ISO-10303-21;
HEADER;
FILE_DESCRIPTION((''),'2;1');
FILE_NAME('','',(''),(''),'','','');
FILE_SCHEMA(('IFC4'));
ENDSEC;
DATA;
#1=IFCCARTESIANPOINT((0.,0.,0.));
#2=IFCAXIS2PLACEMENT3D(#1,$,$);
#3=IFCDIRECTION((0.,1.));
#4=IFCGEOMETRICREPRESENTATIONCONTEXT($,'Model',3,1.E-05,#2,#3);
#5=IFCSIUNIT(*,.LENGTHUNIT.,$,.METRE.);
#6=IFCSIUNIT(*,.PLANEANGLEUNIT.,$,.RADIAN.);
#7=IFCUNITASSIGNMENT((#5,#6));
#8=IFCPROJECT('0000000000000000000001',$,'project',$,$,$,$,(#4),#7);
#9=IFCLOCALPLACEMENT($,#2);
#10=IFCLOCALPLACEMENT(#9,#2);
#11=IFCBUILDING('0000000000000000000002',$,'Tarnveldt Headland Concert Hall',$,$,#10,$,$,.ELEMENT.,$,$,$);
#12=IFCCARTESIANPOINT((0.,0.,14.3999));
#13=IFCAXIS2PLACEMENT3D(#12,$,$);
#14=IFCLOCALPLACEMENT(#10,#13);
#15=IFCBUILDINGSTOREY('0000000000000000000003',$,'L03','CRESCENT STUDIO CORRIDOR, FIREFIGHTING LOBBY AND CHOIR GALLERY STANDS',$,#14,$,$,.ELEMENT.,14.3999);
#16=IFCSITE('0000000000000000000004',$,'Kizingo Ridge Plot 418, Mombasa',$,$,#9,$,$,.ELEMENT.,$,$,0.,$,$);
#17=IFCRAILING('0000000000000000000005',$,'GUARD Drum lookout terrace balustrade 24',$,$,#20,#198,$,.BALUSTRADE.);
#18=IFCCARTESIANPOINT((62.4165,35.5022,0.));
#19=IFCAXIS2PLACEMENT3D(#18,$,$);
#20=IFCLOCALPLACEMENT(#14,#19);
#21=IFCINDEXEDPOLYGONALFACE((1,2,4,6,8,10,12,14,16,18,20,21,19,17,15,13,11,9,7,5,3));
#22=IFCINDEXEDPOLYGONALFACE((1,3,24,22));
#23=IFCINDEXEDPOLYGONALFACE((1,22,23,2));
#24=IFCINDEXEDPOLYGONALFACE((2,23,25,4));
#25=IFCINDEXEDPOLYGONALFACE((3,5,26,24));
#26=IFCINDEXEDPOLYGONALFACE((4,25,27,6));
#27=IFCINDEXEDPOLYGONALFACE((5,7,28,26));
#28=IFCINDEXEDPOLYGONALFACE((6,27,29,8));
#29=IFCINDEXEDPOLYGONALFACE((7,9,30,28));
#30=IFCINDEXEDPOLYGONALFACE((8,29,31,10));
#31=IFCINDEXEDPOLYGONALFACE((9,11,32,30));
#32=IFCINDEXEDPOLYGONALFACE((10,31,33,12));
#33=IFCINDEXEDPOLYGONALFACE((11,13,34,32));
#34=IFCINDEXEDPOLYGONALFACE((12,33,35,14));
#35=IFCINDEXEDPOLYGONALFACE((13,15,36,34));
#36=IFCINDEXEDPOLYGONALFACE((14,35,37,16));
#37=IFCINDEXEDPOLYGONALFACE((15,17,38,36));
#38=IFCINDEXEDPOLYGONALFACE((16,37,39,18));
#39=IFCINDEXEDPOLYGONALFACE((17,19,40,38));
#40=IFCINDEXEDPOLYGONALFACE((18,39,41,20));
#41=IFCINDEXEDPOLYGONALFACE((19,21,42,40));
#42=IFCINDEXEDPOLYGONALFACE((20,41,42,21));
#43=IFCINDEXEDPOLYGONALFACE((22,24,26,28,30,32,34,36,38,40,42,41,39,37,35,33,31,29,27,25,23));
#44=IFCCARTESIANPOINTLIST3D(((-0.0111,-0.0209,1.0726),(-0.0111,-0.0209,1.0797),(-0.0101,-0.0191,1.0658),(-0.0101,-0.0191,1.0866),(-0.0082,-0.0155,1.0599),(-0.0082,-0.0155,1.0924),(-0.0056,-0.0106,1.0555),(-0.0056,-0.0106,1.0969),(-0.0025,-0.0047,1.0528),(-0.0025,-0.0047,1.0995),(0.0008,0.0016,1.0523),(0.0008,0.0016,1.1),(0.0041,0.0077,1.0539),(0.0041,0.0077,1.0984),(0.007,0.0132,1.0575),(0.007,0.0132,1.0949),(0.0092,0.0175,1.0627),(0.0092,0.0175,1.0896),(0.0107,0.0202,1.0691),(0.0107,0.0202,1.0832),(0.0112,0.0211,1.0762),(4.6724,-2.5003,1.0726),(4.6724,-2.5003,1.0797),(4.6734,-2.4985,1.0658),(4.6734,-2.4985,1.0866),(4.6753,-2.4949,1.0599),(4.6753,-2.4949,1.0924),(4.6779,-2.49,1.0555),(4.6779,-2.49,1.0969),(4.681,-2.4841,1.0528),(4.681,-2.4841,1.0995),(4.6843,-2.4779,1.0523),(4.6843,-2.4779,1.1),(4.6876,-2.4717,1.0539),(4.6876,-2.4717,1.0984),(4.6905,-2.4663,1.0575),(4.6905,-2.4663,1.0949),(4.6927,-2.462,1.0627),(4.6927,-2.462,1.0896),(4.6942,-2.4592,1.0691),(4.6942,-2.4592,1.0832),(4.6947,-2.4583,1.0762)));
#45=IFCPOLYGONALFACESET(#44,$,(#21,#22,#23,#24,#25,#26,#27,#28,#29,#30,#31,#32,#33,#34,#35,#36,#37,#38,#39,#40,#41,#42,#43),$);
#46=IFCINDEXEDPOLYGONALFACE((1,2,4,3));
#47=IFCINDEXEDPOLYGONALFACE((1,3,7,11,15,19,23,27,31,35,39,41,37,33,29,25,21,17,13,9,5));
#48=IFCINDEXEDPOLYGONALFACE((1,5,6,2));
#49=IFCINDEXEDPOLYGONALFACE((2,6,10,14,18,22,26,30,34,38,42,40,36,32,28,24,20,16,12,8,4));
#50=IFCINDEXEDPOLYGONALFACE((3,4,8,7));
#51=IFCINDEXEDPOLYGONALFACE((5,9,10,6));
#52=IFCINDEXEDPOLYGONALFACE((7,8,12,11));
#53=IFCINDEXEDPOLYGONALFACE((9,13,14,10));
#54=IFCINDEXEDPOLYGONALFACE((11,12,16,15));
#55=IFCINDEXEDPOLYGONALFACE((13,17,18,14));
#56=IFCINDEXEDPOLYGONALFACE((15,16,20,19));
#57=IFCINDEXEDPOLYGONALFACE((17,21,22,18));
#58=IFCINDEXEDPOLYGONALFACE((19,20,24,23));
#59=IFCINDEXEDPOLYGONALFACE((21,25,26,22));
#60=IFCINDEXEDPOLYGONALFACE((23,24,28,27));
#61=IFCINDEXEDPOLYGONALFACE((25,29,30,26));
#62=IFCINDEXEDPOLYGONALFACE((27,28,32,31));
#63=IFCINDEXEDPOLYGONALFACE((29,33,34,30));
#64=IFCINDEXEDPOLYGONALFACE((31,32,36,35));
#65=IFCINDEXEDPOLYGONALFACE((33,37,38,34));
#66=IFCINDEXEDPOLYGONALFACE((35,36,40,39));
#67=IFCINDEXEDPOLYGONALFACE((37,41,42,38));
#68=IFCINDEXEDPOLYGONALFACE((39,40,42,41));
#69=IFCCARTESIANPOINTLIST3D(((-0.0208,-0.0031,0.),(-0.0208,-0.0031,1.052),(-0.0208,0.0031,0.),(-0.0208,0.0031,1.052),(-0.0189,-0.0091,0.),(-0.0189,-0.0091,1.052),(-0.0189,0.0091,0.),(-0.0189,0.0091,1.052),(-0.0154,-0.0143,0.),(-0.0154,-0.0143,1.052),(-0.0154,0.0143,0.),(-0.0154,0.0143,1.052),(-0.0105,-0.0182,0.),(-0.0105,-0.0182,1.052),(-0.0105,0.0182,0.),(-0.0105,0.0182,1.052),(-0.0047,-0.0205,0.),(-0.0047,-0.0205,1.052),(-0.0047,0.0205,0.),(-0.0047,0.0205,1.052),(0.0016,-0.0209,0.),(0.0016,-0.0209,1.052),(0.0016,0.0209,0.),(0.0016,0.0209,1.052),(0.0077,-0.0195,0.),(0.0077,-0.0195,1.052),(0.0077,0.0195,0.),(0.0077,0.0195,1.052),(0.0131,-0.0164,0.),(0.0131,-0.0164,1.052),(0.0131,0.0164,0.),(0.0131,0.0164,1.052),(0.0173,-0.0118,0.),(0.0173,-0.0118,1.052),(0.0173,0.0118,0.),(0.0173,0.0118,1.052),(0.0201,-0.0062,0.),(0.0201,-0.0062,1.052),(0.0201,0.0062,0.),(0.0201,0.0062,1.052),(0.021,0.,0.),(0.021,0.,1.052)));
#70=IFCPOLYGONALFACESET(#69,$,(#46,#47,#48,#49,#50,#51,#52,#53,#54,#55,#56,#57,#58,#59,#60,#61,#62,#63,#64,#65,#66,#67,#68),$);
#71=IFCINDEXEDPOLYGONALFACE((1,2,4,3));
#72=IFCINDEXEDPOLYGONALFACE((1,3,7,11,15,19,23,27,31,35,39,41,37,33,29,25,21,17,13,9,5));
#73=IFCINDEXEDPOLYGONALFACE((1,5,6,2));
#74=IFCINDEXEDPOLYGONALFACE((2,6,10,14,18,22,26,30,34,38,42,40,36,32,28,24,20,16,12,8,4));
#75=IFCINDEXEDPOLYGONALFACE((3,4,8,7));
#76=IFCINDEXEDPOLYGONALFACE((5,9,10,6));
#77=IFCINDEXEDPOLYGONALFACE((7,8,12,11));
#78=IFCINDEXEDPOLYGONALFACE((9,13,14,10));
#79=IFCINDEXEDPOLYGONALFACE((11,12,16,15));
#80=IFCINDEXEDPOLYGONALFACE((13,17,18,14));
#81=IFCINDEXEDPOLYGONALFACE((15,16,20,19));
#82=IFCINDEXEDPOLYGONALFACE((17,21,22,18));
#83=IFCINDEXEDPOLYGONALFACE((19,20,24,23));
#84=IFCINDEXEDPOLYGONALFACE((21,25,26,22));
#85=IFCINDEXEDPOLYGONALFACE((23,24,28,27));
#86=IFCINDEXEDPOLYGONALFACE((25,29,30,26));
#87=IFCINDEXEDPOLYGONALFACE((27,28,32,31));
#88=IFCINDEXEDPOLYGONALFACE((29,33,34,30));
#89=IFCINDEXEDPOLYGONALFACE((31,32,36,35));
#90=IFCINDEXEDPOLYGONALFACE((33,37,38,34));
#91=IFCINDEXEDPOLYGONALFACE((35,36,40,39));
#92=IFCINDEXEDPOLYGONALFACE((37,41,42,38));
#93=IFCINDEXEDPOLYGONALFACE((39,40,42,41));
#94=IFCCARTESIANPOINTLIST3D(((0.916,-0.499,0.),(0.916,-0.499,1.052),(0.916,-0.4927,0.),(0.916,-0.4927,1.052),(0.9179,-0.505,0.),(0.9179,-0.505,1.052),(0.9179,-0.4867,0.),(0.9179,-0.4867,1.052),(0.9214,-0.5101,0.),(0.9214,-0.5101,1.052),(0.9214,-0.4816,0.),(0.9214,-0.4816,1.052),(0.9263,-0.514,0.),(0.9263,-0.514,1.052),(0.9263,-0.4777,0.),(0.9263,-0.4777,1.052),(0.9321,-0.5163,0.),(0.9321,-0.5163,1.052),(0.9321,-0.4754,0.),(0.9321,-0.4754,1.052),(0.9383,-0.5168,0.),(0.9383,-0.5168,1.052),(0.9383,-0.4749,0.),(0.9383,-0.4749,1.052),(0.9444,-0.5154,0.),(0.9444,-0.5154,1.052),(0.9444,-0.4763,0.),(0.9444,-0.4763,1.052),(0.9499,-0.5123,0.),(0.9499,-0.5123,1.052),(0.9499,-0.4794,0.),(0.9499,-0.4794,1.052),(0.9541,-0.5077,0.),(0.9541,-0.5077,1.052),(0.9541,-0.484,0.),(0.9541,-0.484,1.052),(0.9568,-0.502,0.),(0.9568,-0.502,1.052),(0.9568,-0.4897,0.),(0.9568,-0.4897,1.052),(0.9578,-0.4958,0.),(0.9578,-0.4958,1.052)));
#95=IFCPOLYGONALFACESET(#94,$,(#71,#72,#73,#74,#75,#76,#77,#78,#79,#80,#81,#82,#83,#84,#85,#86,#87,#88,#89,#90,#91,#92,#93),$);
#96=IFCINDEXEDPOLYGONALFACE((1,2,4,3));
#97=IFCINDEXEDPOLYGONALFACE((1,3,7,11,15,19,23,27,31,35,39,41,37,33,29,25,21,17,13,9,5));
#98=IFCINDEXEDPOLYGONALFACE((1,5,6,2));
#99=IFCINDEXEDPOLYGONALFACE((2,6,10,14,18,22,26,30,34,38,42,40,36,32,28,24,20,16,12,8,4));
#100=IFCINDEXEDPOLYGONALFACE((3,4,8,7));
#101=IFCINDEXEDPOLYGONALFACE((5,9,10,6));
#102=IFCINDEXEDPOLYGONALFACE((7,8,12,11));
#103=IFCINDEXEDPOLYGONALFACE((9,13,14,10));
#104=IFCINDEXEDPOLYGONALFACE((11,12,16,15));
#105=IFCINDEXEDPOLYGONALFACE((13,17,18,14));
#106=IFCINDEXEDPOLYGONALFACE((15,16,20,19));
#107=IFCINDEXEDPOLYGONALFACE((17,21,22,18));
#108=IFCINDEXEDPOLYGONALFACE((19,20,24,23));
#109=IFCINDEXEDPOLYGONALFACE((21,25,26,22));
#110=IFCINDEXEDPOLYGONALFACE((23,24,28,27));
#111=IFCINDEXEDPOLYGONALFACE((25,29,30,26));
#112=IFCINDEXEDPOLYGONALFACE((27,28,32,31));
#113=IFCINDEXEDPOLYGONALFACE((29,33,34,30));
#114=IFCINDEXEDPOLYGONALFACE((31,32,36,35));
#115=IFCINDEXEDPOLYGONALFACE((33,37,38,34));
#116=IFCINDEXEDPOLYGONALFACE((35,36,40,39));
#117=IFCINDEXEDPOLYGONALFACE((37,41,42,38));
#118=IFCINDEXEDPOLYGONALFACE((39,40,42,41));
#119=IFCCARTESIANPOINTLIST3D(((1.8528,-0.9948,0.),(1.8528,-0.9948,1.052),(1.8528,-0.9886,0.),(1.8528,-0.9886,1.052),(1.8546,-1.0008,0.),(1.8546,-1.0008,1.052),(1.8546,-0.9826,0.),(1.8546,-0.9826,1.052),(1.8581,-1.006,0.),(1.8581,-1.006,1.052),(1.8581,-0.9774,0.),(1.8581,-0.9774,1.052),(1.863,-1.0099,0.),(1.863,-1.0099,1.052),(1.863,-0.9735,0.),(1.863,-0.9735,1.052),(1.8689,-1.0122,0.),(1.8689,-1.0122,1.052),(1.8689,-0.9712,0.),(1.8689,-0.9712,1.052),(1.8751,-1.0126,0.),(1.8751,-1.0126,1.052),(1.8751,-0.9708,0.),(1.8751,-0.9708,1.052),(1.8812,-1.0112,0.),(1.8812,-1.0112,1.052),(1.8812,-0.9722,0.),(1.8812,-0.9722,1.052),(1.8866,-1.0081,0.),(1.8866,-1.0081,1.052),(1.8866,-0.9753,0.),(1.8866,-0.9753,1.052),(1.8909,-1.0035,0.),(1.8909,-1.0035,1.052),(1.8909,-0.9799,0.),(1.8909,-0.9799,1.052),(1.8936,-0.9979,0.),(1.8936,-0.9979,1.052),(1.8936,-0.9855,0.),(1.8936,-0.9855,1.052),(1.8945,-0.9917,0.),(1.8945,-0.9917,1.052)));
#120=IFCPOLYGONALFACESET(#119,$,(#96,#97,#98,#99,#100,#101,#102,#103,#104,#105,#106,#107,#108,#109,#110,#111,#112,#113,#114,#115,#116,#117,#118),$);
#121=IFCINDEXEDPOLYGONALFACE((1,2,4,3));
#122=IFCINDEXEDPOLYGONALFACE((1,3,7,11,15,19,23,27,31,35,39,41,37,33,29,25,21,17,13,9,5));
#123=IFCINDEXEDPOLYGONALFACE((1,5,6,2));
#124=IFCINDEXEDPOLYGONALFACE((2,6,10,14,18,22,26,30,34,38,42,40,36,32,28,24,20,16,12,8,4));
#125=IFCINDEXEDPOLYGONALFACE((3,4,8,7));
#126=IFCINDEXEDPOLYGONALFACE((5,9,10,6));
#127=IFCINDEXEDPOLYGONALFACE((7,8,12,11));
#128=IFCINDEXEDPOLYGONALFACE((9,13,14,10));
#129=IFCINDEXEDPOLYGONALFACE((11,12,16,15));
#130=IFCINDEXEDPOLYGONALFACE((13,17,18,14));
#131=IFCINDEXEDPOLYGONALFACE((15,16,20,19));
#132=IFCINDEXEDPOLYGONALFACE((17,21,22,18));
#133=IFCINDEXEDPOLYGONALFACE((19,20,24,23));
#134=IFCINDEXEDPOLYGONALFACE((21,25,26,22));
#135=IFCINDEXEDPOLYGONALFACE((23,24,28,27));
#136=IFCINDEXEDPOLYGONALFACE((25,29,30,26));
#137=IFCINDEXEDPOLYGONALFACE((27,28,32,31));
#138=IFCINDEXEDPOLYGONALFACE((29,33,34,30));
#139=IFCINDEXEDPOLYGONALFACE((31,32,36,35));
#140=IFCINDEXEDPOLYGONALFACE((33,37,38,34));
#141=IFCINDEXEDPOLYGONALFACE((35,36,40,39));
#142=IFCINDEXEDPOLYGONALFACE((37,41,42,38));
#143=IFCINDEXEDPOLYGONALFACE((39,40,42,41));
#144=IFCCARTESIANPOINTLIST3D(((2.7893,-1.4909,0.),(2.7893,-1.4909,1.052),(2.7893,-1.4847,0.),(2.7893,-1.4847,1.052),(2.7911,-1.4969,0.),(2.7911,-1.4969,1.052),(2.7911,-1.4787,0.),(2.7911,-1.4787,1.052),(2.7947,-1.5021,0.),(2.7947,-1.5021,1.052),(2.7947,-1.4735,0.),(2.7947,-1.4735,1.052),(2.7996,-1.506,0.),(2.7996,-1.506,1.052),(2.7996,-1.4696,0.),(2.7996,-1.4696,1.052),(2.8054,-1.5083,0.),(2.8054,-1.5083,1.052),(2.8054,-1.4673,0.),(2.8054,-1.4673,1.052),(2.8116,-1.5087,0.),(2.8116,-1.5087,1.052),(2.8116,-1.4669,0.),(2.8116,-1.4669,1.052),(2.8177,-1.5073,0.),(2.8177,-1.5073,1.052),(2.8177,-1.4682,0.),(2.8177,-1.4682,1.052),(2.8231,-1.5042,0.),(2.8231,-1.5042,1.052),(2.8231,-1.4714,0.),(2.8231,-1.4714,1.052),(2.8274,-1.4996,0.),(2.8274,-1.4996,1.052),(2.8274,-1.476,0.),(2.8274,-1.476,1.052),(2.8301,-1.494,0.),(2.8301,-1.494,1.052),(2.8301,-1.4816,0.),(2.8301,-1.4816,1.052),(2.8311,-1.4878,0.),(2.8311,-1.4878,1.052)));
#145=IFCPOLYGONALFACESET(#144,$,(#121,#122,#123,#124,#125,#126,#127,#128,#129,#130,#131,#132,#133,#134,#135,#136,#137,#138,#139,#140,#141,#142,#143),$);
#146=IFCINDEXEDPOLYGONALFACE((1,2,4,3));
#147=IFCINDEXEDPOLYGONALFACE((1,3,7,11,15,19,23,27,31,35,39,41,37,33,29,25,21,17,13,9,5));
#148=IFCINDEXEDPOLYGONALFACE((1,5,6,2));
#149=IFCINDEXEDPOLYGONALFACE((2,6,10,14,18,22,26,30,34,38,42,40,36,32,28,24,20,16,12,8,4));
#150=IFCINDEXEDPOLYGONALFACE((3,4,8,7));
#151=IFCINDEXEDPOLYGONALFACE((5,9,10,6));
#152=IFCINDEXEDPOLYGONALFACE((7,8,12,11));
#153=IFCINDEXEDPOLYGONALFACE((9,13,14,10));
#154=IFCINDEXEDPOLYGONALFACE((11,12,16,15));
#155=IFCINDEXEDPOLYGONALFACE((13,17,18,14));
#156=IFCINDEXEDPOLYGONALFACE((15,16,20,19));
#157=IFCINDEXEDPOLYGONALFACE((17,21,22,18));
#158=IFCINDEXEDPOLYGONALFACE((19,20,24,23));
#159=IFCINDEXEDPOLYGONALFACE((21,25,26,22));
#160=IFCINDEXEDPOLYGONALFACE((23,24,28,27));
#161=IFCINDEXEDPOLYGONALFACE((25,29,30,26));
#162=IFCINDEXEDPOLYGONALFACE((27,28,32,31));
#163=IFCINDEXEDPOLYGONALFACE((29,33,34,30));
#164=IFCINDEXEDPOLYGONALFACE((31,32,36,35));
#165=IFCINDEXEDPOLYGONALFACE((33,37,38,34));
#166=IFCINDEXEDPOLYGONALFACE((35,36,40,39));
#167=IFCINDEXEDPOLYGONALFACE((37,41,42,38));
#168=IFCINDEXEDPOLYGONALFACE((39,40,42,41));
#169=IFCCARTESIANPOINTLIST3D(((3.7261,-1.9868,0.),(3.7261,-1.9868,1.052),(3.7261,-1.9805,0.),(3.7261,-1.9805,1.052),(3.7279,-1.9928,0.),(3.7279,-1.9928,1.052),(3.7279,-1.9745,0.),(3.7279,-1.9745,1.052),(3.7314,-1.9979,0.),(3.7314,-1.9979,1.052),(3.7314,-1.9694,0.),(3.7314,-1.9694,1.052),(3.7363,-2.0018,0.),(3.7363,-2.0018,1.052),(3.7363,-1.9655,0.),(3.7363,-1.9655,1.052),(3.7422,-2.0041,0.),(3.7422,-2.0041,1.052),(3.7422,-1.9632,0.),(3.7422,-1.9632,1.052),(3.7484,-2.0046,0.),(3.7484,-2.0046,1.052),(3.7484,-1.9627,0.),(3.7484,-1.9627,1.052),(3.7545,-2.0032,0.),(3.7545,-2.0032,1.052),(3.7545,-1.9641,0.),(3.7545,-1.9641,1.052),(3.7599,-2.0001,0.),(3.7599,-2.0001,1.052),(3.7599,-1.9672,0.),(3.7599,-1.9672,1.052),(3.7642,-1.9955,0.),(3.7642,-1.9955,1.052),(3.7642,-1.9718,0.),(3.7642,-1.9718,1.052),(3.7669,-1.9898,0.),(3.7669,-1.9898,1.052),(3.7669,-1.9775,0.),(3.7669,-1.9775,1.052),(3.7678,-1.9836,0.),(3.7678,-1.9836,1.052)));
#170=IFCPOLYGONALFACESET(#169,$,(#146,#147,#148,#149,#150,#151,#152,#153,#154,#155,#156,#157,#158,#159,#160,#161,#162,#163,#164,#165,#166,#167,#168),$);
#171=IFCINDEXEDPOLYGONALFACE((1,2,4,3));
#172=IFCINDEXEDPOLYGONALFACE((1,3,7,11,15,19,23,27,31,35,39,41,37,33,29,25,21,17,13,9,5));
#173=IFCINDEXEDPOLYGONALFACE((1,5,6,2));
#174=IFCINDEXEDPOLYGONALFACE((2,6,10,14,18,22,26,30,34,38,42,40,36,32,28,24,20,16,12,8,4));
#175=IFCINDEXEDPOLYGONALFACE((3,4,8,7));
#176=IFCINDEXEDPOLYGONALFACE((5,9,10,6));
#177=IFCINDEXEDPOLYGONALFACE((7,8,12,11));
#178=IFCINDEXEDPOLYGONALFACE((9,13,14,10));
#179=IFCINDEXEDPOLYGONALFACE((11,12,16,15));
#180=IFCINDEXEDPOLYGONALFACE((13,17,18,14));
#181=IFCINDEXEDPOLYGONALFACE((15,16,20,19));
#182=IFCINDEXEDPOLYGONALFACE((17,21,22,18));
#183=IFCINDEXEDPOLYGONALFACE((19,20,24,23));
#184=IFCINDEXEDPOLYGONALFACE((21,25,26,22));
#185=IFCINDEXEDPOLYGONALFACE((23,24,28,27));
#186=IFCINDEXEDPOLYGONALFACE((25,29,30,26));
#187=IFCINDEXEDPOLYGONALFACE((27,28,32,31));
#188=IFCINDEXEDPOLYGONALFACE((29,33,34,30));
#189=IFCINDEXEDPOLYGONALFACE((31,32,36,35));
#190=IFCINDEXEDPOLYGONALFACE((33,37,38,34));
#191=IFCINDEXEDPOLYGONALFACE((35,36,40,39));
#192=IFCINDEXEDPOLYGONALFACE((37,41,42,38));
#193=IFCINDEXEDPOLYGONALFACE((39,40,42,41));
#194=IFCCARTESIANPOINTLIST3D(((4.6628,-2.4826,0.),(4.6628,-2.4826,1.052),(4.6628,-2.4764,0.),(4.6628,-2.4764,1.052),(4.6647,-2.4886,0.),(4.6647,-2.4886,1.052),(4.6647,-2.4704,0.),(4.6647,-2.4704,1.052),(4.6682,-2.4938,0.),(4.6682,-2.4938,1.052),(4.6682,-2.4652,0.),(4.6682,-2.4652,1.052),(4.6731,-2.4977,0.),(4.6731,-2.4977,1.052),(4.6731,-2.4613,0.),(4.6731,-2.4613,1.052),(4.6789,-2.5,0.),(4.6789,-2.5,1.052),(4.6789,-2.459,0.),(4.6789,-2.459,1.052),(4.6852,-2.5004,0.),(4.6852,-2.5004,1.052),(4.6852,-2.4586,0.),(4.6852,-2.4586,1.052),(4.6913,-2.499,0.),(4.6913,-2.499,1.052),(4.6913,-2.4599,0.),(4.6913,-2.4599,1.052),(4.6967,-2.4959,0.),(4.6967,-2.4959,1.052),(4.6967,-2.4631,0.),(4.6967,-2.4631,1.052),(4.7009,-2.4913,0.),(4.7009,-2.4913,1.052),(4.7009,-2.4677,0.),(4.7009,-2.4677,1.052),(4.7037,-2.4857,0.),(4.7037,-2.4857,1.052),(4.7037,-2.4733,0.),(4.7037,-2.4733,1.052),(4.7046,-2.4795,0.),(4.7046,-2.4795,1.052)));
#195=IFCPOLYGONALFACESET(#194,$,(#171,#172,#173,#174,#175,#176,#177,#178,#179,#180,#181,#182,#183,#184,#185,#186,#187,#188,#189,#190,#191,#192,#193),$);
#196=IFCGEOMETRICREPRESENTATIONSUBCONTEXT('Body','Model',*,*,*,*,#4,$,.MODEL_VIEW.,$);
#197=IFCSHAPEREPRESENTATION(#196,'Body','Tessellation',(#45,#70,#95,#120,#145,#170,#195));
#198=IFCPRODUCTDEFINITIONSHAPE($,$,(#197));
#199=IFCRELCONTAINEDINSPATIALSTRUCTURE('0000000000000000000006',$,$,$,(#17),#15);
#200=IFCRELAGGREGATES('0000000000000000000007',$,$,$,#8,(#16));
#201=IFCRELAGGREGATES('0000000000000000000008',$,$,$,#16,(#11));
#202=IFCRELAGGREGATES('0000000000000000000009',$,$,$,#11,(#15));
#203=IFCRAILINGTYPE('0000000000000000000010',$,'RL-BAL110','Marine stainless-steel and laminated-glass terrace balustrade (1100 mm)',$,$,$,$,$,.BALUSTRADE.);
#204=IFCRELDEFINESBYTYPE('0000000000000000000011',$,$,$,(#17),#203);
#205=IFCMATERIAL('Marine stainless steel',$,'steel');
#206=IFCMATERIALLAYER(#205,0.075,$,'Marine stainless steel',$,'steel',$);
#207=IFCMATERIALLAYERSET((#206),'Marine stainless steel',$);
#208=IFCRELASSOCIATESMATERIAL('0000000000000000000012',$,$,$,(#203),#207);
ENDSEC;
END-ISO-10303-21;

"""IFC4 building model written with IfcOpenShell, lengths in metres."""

from ifc_helpers import new_model, si_unit, direction, frame, origin, origin_2d, place, context, subcontext, project, spatial, circle, extrude, material, layer, layer_set, type_object, element, save


model = new_model("IFC4")

# Units and contexts
model_context = context("Model", 3, precision=1e-05, world=origin(), true_north=direction((0.0, 1.0)))
body_context = subcontext(model_context, "Body", "Model", "MODEL_VIEW")
ifc_project = project(units=[si_unit("LENGTHUNIT", "METRE"), si_unit("PLANEANGLEUNIT", "RADIAN")], contexts=[model_context])

# Site, building, storey
site_placement = place(None, origin())
site = spatial("IfcSite", under=ifc_project, at=site_placement, Name="Kizingo Ridge Plot 418, Mombasa", CompositionType="ELEMENT", RefElevation=0.0)
building_placement = place(site_placement, origin())
building = spatial("IfcBuilding", under=site, at=building_placement, Name="Tarnveldt Headland Concert Hall", CompositionType="ELEMENT")
storey_placement = place(building_placement, frame((0.0, 0.0, 14.3999)))
storey = spatial("IfcBuildingStorey", under=building, at=storey_placement, Name="L03", Description="CRESCENT STUDIO CORRIDOR, FIREFIGHTING LOBBY AND CHOIR GALLERY STANDS", CompositionType="ELEMENT", Elevation=14.3999)

# Railing
ifc_material_1 = material(Name="Marine stainless steel", Category="steel")
ifc_layer_1 = layer(ifc_material_1, 0.075, Name="Marine stainless steel", Category="steel")
ifc_layer_set_1 = layer_set([ifc_layer_1], Name="Marine stainless steel")
railing_type = type_object("IfcRailingType", Name="RL-BAL110", Description="Marine stainless-steel and laminated-glass terrace balustrade (1100 mm)", PredefinedType="BALUSTRADE", material=ifc_layer_set_1)
railing_1_placement = place(storey_placement, frame((62.4165, 35.5022, 0.0)))
element("IfcRailing", 1, at=railing_1_placement, inside=storey, type_object=railing_type, Name="GUARD Drum lookout terrace balustrade 24", PredefinedType="BALUSTRADE", context=body_context, shape_type="SweptSolid", body=[
    extrude(circle(Radius=0.0239, at=origin_2d()), frame((0.0, 0.0, 1.0762), z_axis=(0.883792, -0.467879, 0.0), x_axis=(0.467879, 0.883792, 0.0)), (0.0, 0.0, 1.0), 5.2993),
    extrude(circle(Radius=0.021, at=origin_2d()), origin(), (0.0, 0.0, 1.0), 1.052),
    extrude(circle(Radius=0.021, at=origin_2d()), frame((0.9368, -0.4958, 0.0)), (0.0, 0.0, 1.0), 1.052),
    extrude(circle(Radius=0.021, at=origin_2d()), frame((1.8735, -0.9917, 0.0)), (0.0, 0.0, 1.0), 1.052),
    extrude(circle(Radius=0.021, at=origin_2d()), frame((2.8101, -1.4878, 0.0)), (0.0, 0.0, 1.0), 1.052),
    extrude(circle(Radius=0.021, at=origin_2d()), frame((3.7468, -1.9836, 0.0)), (0.0, 0.0, 1.0), 1.052),
    extrude(circle(Radius=0.021, at=origin_2d()), frame((4.6836, -2.4795, 0.0)), (0.0, 0.0, 1.0), 1.052),
])

save(model, "model.ifc")
